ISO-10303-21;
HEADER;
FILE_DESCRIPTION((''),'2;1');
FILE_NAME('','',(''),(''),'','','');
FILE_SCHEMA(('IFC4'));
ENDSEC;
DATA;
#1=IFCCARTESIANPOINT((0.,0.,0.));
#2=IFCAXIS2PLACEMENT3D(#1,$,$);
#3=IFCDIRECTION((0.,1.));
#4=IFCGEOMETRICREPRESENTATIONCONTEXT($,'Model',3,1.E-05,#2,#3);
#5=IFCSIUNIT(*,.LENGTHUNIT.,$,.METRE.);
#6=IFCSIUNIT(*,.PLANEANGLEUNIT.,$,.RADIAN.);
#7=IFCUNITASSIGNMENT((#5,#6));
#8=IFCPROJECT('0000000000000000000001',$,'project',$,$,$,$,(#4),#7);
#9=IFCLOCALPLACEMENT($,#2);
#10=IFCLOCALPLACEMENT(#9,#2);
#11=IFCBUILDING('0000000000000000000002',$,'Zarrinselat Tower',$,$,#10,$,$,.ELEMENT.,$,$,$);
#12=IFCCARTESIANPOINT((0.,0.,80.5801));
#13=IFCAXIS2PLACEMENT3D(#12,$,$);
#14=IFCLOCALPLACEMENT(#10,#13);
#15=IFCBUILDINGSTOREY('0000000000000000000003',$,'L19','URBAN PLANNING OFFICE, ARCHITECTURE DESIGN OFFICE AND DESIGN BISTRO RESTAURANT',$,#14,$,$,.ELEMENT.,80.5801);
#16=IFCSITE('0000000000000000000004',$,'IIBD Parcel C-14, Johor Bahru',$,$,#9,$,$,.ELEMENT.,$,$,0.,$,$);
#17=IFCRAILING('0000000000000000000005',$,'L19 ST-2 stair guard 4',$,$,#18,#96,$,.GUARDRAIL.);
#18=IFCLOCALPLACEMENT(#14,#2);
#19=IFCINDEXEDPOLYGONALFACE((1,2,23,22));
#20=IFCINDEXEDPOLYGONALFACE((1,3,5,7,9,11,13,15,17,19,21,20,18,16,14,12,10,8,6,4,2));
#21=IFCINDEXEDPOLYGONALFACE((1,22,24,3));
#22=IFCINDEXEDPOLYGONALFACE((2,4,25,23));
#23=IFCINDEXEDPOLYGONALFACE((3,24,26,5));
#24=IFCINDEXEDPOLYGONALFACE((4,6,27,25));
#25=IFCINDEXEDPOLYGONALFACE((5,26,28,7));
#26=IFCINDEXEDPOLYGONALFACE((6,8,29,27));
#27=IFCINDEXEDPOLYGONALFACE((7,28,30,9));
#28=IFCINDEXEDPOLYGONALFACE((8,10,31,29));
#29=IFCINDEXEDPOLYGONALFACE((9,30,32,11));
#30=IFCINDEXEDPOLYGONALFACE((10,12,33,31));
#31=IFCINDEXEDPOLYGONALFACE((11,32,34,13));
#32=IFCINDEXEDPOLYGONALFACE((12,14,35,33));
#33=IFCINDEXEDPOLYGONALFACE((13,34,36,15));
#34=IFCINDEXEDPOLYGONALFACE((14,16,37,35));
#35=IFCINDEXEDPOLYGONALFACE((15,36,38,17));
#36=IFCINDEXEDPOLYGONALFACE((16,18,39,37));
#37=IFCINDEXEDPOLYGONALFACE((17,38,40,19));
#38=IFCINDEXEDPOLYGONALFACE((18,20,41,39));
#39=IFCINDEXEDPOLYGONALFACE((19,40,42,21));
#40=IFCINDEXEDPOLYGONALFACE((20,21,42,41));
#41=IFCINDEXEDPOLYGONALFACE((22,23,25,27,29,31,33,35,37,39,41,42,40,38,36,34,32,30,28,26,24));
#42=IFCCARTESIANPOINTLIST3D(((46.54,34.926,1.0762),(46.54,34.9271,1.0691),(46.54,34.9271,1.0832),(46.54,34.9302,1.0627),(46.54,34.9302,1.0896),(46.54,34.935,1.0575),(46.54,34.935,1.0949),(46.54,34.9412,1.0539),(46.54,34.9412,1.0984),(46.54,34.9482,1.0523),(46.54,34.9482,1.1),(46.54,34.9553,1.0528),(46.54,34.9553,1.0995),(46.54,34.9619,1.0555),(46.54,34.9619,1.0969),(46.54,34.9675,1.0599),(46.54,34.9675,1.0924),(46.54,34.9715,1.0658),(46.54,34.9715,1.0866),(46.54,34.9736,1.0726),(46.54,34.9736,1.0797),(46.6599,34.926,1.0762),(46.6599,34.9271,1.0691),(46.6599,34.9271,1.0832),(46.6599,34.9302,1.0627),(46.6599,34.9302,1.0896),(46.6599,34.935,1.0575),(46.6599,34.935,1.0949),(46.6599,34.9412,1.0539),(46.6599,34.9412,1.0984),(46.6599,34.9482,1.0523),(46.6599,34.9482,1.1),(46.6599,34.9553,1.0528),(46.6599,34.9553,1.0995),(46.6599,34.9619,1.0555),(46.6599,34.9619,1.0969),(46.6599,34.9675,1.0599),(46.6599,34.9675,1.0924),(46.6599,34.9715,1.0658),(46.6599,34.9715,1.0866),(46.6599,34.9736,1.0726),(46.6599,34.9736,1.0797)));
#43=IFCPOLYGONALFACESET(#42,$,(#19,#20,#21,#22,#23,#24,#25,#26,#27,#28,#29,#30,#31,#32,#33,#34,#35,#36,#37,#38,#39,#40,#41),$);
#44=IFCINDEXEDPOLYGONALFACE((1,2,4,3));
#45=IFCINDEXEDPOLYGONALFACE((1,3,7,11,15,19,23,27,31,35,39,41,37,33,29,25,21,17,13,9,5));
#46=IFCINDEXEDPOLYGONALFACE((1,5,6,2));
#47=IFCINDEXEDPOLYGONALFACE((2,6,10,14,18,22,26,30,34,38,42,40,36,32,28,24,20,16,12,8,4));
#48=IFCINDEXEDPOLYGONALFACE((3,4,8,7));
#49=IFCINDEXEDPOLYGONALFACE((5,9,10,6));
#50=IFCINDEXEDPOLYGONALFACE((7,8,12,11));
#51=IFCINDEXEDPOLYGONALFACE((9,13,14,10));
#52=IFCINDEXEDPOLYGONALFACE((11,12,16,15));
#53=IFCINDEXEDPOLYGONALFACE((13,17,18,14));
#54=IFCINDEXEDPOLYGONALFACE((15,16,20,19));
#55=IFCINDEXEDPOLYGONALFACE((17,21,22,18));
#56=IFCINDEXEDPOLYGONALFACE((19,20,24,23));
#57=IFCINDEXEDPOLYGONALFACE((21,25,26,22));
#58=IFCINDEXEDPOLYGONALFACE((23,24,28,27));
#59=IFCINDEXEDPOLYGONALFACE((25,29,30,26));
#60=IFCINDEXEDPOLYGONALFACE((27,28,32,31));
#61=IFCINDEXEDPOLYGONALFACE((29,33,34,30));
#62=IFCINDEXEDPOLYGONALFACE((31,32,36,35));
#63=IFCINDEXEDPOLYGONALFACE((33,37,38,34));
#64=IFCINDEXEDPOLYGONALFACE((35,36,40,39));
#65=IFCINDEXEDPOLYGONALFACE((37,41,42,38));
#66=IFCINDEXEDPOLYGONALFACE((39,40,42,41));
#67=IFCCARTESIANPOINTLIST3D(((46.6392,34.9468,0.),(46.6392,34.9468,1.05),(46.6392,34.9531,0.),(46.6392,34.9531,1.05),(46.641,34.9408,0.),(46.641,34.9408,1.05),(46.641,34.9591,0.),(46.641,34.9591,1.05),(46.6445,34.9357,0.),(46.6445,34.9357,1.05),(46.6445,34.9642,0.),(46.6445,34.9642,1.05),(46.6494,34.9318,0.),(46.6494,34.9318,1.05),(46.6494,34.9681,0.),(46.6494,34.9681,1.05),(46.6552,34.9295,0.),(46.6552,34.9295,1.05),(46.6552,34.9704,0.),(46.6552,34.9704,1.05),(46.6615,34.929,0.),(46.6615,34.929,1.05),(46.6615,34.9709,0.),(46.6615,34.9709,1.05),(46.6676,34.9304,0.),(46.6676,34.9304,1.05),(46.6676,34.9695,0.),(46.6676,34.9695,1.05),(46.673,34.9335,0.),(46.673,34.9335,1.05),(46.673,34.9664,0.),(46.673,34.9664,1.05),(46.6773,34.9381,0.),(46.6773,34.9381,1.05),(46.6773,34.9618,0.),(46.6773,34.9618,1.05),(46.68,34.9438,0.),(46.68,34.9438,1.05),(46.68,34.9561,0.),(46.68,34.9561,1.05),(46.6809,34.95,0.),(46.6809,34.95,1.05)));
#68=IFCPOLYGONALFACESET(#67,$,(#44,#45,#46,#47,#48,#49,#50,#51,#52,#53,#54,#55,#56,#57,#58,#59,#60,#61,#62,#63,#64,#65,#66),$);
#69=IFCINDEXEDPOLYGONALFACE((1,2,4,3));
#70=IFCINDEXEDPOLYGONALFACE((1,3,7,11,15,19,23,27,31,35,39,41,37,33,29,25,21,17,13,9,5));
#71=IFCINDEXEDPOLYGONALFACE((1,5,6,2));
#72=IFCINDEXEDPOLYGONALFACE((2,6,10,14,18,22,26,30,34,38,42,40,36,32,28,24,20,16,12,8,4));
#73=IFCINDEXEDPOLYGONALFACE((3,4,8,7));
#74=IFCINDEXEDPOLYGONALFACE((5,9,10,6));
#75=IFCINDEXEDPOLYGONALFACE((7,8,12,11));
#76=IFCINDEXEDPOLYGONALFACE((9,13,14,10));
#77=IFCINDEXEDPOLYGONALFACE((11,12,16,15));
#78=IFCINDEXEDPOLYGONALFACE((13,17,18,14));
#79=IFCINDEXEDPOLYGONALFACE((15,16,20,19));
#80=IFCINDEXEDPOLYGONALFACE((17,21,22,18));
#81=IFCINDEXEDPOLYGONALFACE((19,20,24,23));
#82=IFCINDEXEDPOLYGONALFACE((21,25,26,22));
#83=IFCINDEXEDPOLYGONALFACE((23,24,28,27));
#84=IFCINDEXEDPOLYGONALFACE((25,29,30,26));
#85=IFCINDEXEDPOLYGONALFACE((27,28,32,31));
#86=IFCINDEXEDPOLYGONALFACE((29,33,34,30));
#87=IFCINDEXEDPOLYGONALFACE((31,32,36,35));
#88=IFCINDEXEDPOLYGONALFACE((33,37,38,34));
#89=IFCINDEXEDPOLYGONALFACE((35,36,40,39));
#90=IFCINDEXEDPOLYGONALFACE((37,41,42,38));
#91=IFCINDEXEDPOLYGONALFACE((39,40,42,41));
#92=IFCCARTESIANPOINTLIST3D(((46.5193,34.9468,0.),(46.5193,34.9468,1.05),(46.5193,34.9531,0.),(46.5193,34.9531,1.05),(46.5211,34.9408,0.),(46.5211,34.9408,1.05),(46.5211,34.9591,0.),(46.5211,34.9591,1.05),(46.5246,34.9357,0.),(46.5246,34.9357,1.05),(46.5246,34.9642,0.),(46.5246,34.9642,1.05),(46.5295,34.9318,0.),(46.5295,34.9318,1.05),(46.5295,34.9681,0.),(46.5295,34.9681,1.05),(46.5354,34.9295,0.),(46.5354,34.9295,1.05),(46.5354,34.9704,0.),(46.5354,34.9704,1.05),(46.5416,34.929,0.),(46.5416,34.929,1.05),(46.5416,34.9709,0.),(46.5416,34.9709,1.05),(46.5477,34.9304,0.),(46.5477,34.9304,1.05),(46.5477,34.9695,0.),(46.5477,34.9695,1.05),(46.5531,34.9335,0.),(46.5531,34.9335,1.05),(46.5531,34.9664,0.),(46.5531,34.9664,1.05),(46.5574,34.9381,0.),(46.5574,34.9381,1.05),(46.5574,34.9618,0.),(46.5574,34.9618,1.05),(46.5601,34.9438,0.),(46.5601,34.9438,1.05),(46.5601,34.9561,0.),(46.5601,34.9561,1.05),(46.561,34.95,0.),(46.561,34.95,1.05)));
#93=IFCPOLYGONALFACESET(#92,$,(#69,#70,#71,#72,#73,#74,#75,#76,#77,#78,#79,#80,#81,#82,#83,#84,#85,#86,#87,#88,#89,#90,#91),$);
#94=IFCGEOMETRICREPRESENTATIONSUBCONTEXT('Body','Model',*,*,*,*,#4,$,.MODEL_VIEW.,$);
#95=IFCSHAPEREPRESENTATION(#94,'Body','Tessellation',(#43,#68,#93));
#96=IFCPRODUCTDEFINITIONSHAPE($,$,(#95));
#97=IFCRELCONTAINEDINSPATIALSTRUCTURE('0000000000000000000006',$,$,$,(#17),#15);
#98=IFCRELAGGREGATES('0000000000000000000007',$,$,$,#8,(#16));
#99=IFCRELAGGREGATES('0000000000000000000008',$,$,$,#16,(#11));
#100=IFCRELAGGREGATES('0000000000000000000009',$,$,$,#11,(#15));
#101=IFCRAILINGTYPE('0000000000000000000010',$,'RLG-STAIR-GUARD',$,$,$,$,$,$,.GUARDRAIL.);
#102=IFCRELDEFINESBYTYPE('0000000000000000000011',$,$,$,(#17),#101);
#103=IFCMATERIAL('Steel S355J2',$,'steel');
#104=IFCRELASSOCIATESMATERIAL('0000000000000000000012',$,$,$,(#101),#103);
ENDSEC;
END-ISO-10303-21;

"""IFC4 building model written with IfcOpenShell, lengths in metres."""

from ifc_helpers import new_model, si_unit, direction, frame, origin, origin_2d, place, context, subcontext, project, spatial, circle, extrude, material, type_object, element, save


model = new_model("IFC4")

# Units and contexts
model_context = context("Model", 3, precision=1e-05, world=origin(), true_north=direction((0.0, 1.0)))
body_context = subcontext(model_context, "Body", "Model", "MODEL_VIEW")
ifc_project = project(units=[si_unit("LENGTHUNIT", "METRE"), si_unit("PLANEANGLEUNIT", "RADIAN")], contexts=[model_context])

# Site, building, storey
site_placement = place(None, origin())
site = spatial("IfcSite", under=ifc_project, at=site_placement, Name="IIBD Parcel C-14, Johor Bahru", CompositionType="ELEMENT", RefElevation=0.0)
building_placement = place(site_placement, origin())
building = spatial("IfcBuilding", under=site, at=building_placement, Name="Zarrinselat Tower", CompositionType="ELEMENT")
storey_placement = place(building_placement, frame((0.0, 0.0, 80.5801)))
storey = spatial("IfcBuildingStorey", under=building, at=storey_placement, Name="L19", Description="URBAN PLANNING OFFICE, ARCHITECTURE DESIGN OFFICE AND DESIGN BISTRO RESTAURANT", CompositionType="ELEMENT", Elevation=80.5801)

# Railing
ifc_material_1 = material(Name="Steel S355J2", Category="steel")
railing_type_1 = type_object("IfcRailingType", Name="RLG-STAIR-GUARD", PredefinedType="GUARDRAIL", material=ifc_material_1)
railing_1_placement = place(storey_placement, frame((46.6599, 34.95, 0.0)))
element("IfcRailing", 1, at=railing_1_placement, inside=storey, type_object=railing_type_1, Name="L19 ST-2 stair guard 4", PredefinedType="GUARDRAIL", context=body_context, shape_type="SweptSolid", body=[
    extrude(circle(Radius=0.0239, at=origin_2d()), frame((0.0, 0.0, 1.0762), z_axis=(-1.0, 0.0, 0.0), x_axis=(0.0, -1.0, 0.0)), (0.0, 0.0, 1.0), 0.1199),
    extrude(circle(Radius=0.021, at=origin_2d()), origin(), (0.0, 0.0, 1.0), 1.05),
    extrude(circle(Radius=0.021, at=origin_2d()), frame((-0.1199, 0.0, 0.0)), (0.0, 0.0, 1.0), 1.05),
])

save(model, "model.ifc")
